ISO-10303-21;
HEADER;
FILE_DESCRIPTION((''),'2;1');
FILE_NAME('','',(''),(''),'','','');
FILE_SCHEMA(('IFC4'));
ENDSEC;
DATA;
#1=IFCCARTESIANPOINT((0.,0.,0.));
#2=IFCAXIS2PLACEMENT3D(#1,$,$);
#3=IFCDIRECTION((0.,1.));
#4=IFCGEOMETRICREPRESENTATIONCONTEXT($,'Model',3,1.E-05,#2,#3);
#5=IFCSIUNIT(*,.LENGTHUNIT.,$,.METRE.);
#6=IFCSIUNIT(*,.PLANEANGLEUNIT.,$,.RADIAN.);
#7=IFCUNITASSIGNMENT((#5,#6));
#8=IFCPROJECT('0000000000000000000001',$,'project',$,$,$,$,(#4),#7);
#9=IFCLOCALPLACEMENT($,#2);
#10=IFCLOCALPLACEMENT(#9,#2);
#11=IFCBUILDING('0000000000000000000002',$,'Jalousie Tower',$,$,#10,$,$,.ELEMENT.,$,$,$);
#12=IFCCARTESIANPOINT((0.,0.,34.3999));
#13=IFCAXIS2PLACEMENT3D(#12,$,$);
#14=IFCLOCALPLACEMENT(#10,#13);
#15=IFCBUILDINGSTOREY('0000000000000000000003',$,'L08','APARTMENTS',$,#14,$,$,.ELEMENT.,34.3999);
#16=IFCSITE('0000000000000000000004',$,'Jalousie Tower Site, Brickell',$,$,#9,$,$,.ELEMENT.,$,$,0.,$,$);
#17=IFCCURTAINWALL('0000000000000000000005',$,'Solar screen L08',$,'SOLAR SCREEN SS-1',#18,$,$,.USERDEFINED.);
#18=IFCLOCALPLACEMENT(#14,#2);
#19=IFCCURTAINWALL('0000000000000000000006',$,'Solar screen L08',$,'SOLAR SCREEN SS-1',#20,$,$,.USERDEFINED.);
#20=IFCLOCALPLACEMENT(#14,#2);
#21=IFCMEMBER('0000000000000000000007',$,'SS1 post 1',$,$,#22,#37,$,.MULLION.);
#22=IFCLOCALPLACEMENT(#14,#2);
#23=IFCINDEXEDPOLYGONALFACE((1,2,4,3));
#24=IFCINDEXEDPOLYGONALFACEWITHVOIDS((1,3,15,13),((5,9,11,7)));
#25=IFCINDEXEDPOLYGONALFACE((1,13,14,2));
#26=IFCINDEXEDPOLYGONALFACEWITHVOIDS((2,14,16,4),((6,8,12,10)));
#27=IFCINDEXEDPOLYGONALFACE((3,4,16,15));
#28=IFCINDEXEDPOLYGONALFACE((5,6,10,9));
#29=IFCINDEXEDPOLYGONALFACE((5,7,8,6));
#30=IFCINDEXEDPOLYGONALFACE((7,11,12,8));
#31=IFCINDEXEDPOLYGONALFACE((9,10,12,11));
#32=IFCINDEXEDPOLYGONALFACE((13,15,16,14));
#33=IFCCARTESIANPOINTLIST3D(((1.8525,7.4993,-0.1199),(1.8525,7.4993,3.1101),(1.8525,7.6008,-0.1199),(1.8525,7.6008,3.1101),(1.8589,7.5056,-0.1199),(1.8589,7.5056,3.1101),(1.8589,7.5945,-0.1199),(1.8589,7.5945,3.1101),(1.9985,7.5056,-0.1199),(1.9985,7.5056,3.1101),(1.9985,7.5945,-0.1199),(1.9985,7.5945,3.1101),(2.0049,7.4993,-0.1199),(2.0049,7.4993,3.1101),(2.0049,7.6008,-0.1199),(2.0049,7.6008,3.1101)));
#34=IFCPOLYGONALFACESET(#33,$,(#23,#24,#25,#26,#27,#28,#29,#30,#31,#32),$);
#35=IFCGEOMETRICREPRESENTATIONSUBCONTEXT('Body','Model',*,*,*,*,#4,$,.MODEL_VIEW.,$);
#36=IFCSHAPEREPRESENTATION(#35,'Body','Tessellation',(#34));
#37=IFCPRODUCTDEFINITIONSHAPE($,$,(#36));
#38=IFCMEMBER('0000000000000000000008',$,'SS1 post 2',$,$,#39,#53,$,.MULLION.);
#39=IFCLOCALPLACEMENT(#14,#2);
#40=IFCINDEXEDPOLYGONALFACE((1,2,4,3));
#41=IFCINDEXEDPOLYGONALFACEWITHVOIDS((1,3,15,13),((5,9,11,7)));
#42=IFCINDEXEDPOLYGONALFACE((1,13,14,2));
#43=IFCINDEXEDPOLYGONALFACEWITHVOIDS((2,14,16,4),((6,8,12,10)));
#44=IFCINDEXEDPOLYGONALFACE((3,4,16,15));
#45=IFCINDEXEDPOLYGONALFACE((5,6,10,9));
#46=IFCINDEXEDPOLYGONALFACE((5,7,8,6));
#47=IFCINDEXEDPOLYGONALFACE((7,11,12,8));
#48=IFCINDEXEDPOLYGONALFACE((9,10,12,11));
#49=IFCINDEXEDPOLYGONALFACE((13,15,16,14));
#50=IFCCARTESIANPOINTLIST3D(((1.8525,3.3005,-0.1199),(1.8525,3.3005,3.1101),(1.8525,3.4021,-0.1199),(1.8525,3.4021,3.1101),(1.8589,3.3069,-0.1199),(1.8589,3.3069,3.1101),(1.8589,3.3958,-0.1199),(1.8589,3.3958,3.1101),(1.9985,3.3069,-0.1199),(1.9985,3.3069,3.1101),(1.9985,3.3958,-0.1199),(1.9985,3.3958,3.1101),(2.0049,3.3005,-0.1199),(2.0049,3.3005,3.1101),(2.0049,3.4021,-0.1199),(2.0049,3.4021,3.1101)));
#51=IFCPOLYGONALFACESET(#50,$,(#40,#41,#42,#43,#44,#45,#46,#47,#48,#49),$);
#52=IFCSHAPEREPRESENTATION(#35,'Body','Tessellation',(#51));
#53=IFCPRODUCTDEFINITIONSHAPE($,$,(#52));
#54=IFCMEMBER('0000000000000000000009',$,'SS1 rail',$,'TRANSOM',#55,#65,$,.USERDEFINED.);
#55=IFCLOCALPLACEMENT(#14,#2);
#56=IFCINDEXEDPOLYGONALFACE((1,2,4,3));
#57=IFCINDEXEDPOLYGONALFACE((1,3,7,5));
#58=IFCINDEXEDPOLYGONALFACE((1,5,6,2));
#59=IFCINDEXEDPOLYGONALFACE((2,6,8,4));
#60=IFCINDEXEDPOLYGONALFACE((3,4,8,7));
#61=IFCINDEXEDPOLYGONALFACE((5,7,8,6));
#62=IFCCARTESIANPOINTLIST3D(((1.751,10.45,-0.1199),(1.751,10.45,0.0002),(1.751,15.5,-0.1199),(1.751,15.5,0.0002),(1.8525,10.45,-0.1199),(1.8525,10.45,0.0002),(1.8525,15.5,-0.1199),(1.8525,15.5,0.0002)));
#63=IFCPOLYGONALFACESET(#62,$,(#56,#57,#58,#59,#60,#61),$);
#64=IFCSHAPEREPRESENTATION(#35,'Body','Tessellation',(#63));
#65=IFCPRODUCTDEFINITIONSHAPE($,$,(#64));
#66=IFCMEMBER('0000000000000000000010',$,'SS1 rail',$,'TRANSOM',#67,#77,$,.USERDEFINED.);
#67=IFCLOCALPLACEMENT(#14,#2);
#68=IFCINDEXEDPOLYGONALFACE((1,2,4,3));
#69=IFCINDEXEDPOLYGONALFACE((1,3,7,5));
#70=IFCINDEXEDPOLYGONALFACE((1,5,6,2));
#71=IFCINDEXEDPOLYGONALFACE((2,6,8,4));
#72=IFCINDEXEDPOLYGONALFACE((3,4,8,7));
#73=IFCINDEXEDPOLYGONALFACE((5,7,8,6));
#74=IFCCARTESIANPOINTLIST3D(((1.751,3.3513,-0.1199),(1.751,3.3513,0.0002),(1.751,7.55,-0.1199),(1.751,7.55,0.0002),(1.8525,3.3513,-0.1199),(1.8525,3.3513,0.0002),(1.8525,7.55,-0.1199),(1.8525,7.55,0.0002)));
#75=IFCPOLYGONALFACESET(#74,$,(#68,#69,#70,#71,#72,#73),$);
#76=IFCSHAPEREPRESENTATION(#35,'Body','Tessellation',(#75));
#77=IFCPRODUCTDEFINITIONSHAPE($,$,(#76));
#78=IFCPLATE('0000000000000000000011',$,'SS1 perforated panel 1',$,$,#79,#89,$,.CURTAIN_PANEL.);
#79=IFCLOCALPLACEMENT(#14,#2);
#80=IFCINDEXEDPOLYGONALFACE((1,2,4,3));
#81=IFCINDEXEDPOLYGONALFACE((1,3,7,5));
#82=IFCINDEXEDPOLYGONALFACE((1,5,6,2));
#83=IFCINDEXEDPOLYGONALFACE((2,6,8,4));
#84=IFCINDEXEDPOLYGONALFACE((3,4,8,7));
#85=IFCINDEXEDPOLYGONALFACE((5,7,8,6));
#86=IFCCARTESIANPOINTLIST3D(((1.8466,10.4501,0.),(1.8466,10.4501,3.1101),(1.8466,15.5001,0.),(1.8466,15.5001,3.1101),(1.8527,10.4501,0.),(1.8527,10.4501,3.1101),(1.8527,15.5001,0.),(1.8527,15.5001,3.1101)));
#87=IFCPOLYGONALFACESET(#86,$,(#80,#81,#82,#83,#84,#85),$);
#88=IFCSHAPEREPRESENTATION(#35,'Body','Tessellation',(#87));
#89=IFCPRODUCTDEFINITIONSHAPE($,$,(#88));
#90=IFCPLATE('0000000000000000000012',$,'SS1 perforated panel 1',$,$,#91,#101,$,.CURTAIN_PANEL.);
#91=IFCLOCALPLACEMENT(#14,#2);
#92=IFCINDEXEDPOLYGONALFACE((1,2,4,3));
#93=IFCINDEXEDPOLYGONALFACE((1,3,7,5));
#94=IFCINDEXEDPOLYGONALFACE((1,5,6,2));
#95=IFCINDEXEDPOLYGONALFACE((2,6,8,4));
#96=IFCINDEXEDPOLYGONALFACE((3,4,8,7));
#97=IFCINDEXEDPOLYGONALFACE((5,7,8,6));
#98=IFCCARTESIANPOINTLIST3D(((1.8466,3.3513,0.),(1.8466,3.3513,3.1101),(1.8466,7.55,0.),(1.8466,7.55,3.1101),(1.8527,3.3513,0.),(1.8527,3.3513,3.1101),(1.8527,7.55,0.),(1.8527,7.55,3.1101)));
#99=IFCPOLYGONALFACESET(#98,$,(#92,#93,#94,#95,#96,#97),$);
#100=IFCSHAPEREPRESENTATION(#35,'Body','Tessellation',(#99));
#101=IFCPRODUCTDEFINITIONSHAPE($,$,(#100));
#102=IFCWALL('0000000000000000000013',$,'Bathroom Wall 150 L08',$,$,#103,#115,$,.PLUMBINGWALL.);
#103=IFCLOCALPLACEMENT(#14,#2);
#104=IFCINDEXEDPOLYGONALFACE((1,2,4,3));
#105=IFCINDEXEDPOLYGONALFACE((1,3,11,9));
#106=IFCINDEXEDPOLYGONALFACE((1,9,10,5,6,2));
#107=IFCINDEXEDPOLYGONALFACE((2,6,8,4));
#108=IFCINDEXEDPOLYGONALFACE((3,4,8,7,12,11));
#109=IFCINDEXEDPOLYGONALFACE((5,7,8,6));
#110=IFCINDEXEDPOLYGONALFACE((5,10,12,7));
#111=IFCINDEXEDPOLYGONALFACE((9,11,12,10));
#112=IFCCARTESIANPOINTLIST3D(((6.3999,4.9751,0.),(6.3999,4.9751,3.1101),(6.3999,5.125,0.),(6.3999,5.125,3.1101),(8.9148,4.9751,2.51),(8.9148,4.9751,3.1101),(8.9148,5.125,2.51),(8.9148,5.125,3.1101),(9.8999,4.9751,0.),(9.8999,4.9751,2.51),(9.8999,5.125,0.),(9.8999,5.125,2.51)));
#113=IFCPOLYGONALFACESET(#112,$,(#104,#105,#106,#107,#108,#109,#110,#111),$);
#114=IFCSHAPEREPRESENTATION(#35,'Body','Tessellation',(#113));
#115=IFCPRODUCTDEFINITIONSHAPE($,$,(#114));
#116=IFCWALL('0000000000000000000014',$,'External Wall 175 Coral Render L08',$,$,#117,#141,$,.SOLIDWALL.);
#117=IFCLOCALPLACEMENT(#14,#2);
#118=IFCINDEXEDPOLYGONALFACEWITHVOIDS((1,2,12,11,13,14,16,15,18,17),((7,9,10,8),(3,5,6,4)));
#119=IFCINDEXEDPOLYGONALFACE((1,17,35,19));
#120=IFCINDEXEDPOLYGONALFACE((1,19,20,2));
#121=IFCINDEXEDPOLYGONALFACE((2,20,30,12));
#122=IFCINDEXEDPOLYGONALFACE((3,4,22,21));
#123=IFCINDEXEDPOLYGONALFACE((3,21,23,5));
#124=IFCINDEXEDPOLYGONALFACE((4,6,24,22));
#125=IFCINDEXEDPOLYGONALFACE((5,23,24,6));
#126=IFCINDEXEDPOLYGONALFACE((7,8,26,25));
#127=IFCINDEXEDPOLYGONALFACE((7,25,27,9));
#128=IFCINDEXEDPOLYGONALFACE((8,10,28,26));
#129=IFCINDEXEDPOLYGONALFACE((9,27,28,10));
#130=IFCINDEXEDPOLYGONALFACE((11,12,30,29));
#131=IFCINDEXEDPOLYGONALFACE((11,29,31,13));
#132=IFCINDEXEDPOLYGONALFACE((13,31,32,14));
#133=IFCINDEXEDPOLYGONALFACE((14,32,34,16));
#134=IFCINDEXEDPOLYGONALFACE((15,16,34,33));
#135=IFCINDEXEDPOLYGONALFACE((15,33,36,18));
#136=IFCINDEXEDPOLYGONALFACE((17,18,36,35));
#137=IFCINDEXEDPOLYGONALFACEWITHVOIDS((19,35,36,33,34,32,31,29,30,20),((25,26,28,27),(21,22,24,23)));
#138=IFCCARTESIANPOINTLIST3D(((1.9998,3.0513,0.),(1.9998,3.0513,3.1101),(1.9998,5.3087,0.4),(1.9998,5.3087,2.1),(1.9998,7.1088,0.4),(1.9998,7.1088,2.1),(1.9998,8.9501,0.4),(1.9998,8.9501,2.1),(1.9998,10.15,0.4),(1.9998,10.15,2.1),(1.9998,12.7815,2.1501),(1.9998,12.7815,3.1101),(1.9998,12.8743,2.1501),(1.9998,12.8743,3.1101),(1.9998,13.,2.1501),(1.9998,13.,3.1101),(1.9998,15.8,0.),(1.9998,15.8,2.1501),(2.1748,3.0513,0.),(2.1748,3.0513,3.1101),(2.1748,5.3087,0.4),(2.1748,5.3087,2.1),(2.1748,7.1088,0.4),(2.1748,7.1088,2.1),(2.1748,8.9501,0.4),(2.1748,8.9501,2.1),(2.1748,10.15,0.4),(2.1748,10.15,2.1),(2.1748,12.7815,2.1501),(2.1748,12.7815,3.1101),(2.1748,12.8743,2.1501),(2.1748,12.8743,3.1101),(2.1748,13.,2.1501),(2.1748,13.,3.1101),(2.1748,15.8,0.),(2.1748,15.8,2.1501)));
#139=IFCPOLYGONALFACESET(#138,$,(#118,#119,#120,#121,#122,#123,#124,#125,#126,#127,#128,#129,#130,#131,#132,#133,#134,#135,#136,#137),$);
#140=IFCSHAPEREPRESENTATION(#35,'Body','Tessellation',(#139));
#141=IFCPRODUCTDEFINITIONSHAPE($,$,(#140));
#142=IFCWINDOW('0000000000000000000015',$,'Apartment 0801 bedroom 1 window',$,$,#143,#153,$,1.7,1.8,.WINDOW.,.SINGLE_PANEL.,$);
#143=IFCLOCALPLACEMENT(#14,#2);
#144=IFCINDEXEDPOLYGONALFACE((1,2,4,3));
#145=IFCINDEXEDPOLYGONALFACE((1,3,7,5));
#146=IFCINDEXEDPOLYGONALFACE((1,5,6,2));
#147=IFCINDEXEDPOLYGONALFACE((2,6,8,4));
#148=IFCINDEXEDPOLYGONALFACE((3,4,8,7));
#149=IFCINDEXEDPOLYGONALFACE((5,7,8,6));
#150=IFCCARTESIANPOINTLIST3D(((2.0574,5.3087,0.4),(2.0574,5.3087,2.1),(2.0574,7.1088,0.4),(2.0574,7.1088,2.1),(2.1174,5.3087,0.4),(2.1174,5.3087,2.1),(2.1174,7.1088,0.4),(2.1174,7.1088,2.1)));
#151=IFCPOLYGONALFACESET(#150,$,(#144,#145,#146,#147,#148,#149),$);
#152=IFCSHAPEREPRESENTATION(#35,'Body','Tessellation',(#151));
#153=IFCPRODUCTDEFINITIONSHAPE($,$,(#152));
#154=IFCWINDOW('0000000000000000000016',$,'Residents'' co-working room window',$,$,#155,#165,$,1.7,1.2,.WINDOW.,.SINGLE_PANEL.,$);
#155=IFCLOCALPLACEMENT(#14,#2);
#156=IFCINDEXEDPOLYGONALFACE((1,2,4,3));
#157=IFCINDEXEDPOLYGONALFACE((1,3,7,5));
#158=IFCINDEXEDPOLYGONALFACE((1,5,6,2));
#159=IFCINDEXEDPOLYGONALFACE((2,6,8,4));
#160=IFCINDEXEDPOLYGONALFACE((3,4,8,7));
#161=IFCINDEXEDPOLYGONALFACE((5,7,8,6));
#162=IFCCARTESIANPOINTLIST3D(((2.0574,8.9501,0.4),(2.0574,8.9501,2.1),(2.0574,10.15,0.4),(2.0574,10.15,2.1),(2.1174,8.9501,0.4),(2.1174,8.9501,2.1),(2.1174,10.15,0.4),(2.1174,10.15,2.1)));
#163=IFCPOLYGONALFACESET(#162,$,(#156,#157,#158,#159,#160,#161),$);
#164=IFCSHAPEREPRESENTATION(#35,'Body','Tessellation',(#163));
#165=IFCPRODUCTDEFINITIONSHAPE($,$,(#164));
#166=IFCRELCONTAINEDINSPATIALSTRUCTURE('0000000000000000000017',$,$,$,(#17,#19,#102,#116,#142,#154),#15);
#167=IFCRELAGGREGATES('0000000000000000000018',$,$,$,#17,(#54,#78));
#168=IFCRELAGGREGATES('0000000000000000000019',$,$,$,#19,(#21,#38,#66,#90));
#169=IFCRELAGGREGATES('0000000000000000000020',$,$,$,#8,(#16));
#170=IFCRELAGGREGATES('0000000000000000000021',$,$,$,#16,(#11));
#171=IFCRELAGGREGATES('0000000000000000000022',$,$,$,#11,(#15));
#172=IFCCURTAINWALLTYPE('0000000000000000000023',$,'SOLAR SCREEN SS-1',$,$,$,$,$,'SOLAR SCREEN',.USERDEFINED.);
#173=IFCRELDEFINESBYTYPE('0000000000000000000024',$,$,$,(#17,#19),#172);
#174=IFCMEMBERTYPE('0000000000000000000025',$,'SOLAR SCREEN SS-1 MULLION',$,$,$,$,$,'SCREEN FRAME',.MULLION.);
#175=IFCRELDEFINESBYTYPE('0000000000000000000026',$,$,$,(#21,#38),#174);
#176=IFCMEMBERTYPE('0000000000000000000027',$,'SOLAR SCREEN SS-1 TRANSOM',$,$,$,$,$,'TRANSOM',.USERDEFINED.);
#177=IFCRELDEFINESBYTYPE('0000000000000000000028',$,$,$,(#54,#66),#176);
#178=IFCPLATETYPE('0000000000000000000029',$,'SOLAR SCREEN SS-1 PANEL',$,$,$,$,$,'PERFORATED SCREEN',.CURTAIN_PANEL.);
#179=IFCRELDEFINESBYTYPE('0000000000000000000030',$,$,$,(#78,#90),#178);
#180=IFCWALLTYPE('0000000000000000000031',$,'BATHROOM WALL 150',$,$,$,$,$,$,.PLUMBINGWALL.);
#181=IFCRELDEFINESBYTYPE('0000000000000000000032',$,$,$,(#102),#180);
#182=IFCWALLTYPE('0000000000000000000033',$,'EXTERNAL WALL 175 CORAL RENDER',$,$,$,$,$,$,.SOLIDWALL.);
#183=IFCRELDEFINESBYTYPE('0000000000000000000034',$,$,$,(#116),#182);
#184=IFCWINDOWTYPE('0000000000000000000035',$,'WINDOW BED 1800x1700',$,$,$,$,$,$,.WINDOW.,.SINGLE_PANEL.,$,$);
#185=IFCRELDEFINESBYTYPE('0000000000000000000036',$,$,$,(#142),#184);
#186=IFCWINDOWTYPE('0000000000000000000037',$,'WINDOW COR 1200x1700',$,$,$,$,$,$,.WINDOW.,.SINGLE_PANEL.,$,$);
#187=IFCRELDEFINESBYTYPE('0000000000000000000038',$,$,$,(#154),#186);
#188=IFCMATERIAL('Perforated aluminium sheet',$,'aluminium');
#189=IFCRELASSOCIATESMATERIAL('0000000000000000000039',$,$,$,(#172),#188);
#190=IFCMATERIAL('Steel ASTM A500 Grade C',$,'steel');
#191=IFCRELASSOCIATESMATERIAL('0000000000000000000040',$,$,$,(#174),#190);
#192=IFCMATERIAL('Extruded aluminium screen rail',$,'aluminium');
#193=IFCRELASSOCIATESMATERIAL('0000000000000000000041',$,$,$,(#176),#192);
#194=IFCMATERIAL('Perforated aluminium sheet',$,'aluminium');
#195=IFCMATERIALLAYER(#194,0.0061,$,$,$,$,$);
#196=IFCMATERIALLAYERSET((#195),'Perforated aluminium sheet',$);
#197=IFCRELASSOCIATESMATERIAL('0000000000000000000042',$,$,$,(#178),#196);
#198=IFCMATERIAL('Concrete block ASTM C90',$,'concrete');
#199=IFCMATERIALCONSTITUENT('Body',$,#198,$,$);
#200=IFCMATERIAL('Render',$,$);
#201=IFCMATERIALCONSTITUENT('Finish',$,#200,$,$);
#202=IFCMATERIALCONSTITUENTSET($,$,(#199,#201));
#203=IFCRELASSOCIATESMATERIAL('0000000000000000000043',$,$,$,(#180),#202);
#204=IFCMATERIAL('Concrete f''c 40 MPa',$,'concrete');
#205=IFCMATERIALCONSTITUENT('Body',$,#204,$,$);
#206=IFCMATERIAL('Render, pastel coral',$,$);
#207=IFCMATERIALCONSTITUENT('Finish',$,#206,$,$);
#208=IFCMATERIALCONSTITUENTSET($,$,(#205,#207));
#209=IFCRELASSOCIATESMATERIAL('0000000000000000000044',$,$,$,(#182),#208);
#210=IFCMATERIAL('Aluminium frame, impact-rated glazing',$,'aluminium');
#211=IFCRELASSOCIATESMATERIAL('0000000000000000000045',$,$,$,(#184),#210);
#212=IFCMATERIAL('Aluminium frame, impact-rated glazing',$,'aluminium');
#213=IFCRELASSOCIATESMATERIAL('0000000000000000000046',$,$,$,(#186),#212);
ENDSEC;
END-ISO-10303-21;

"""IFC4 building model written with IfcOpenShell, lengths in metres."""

from ifc_helpers import new_model, si_unit, direction, frame, frame_2d, origin, origin_2d, place, context, subcontext, project, spatial, polyline, rectangle, hollow_rectangle, outline, extrude, material, layer, layer_set, constituent, constituent_set, material_profile, profile_set, type_object, element, fill, aggregate, save


model = new_model("IFC4")

# Units and contexts
model_context = context("Model", 3, precision=1e-05, world=origin(), true_north=direction((0.0, 1.0)))
body_context = subcontext(model_context, "Body", "Model", "MODEL_VIEW")
ifc_project = project(units=[si_unit("LENGTHUNIT", "METRE"), si_unit("PLANEANGLEUNIT", "RADIAN")], contexts=[model_context])

# Site, building, storey
site_placement = place(None, origin())
site = spatial("IfcSite", under=ifc_project, at=site_placement, Name="Jalousie Tower Site, Brickell", CompositionType="ELEMENT", RefElevation=0.0)
building_placement = place(site_placement, origin())
building = spatial("IfcBuilding", under=site, at=building_placement, Name="Jalousie Tower", CompositionType="ELEMENT")
storey_placement = place(building_placement, frame((0.0, 0.0, 34.3999)))
storey = spatial("IfcBuildingStorey", under=building, at=storey_placement, Name="L08", Description="APARTMENTS", CompositionType="ELEMENT", Elevation=34.3999)

# Curtain walls, members
ifc_material_1 = material(Name="Perforated aluminium sheet", Category="aluminium")
curtain_wall_type_1 = type_object("IfcCurtainWallType", Name="SOLAR SCREEN SS-1", ElementType="SOLAR SCREEN", PredefinedType="USERDEFINED", material=ifc_material_1)
curtain_wall_1_placement = place(storey_placement, origin())
curtain_wall_1 = element("IfcCurtainWall", 1, at=curtain_wall_1_placement, inside=storey, type_object=curtain_wall_type_1, Name="Solar screen L08", ObjectType="SOLAR SCREEN SS-1", PredefinedType="USERDEFINED")
ifc_material_2 = material(Name="Steel ASTM A500 Grade C", Category="steel")
ifc_material_profile_1 = material_profile(ifc_material_2, hollow_rectangle(XDim=0.1016, YDim=0.1523, WallThickness=0.0063, at=origin_2d()), Name="HSS6X4X1/4")
ifc_profile_set_1 = profile_set([ifc_material_profile_1], Name="Steel ASTM A500 Grade C")
member_type_1 = type_object("IfcMemberType", Name="SOLAR SCREEN SS-1 MULLION", ElementType="SCREEN FRAME", PredefinedType="MULLION", material=ifc_profile_set_1)
curtain_wall_2_placement = place(storey_placement, origin())
curtain_wall_2 = element("IfcCurtainWall", 2, at=curtain_wall_2_placement, inside=storey, type_object=curtain_wall_type_1, Name="Solar screen L08", ObjectType="SOLAR SCREEN SS-1", PredefinedType="USERDEFINED")
member_1_placement = place(storey_placement, frame((1.9287, 7.55, -0.1199), z_axis=(0.0, 0.0, 1.0), x_axis=(0.0, -1.0, 0.0)))
member_1 = element("IfcMember", 3, at=member_1_placement, type_object=member_type_1, Name="SS1 post 1", PredefinedType="MULLION", context=body_context, shape_type="SweptSolid", body=[
    extrude(hollow_rectangle(XDim=0.1016, YDim=0.1523, WallThickness=0.0063, at=origin_2d()), origin(), (0.0, 0.0, 1.0), 3.23),
])
member_2_placement = place(storey_placement, frame((1.9287, 3.3513, -0.1199), z_axis=(0.0, 0.0, 1.0), x_axis=(0.0, -1.0, 0.0)))
member_2 = element("IfcMember", 4, at=member_2_placement, type_object=member_type_1, Name="SS1 post 2", PredefinedType="MULLION", context=body_context, shape_type="SweptSolid", body=[
    extrude(hollow_rectangle(XDim=0.1016, YDim=0.1523, WallThickness=0.0063, at=origin_2d()), origin(), (0.0, 0.0, 1.0), 3.23),
])

# Members
ifc_material_3 = material(Name="Extruded aluminium screen rail", Category="aluminium")
ifc_material_profile_2 = material_profile(ifc_material_3, rectangle(XDim=0.1016, YDim=0.1201, at=origin_2d()), Name="RAIL 102x120")
ifc_profile_set_2 = profile_set([ifc_material_profile_2], Name="Extruded aluminium screen rail")
member_type_2 = type_object("IfcMemberType", Name="SOLAR SCREEN SS-1 TRANSOM", ElementType="TRANSOM", PredefinedType="USERDEFINED", material=ifc_profile_set_2)
member_3_placement = place(storey_placement, frame((1.8018, 15.5, -0.0598), z_axis=(0.0, -1.0, 0.0), x_axis=(1.0, 0.0, 0.0)))
member_3 = element("IfcMember", 5, at=member_3_placement, type_object=member_type_2, Name="SS1 rail", ObjectType="TRANSOM", PredefinedType="USERDEFINED", context=body_context, shape_type="SweptSolid", body=[
    extrude(rectangle(XDim=0.1016, YDim=0.1201, at=origin_2d()), origin(), (0.0, 0.0, 1.0), 5.05),
])
member_4_placement = place(storey_placement, frame((1.8018, 7.55, -0.0598), z_axis=(0.0, -1.0, 0.0), x_axis=(1.0, 0.0, 0.0)))
member_4 = element("IfcMember", 6, at=member_4_placement, type_object=member_type_2, Name="SS1 rail", ObjectType="TRANSOM", PredefinedType="USERDEFINED", context=body_context, shape_type="SweptSolid", body=[
    extrude(rectangle(XDim=0.1016, YDim=0.1201, at=origin_2d()), origin(), (0.0, 0.0, 1.0), 4.1987),
])

# Plates
ifc_material_4 = material(Name="Perforated aluminium sheet", Category="aluminium")
ifc_layer_1 = layer(ifc_material_4, 0.0061)
ifc_layer_set_1 = layer_set([ifc_layer_1], Name="Perforated aluminium sheet")
plate_type = type_object("IfcPlateType", Name="SOLAR SCREEN SS-1 PANEL", ElementType="PERFORATED SCREEN", PredefinedType="CURTAIN_PANEL", material=ifc_layer_set_1)
plate_1_placement = place(storey_placement, frame((1.8496, 12.9751, 0.0), z_axis=(0.0, 0.0, 1.0), x_axis=(0.0, -1.0, 0.0)))
plate_1 = element("IfcPlate", 7, at=plate_1_placement, type_object=plate_type, Name="SS1 perforated panel 1", PredefinedType="CURTAIN_PANEL", context=body_context, shape_type="SweptSolid", body=[
    extrude(rectangle(XDim=5.05, YDim=0.0061, at=origin_2d()), origin(), (0.0, 0.0, 1.0), 3.1101),
])
aggregate(curtain_wall_1, [member_3, plate_1])
plate_2_placement = place(storey_placement, frame((1.8496, 5.4507, 0.0), z_axis=(0.0, 0.0, 1.0), x_axis=(0.0, -1.0, 0.0)))
plate_2 = element("IfcPlate", 8, at=plate_2_placement, type_object=plate_type, Name="SS1 perforated panel 1", PredefinedType="CURTAIN_PANEL", context=body_context, shape_type="SweptSolid", body=[
    extrude(rectangle(XDim=4.1987, YDim=0.0061, at=origin_2d()), origin(), (0.0, 0.0, 1.0), 3.1101),
])
aggregate(curtain_wall_2, [member_1, member_2, member_4, plate_2])

# Wall
ifc_material_5 = material(Name="Concrete block ASTM C90", Category="concrete")
ifc_constituent_1 = constituent(ifc_material_5, Name="Body")
ifc_material_6 = material(Name="Render")
ifc_constituent_2 = constituent(ifc_material_6, Name="Finish")
ifc_constituent_set_1 = constituent_set(constituents=[ifc_constituent_1, ifc_constituent_2])
wall_type_1 = type_object("IfcWallType", Name="BATHROOM WALL 150", PredefinedType="PLUMBINGWALL", material=ifc_constituent_set_1)
wall_1_placement = place(storey_placement, frame((6.3999, 5.05, 0.0), z_axis=(0.0, 0.0, 1.0), x_axis=(1.0, 0.0, 0.0)))
element("IfcWall", 9, at=wall_1_placement, inside=storey, type_object=wall_type_1, Name="Bathroom Wall 150 L08", PredefinedType="PLUMBINGWALL", context=body_context, shape_type="SweptSolid", body=[
    extrude(outline(polyline([(0.0, 0.0), (3.5, 0.0), (3.5, 3.1101), (3.5, 2.51), (2.5149, 2.51), (2.5149, 3.1101), (0.0, 3.1101), (0.0, 0.0)])), frame((0.0, 0.075, 0.0), z_axis=(0.0, -1.0, 0.0), x_axis=(1.0, 0.0, 0.0)), (0.0, 0.0, 1.0), 0.1499),
])

# Wall, openings, windows
ifc_material_7 = material(Name="Concrete f'c 40 MPa", Category="concrete")
ifc_constituent_3 = constituent(ifc_material_7, Name="Body")
ifc_material_8 = material(Name="Render, pastel coral")
ifc_constituent_4 = constituent(ifc_material_8, Name="Finish")
ifc_constituent_set_2 = constituent_set(constituents=[ifc_constituent_3, ifc_constituent_4])
wall_type_2 = type_object("IfcWallType", Name="EXTERNAL WALL 175 CORAL RENDER", PredefinedType="SOLIDWALL", material=ifc_constituent_set_2)
wall_2_placement = place(storey_placement, frame((2.0874, 15.8, 0.0), z_axis=(0.0, 0.0, 1.0), x_axis=(0.0, -1.0, 0.0)))
wall_2 = element("IfcWall", 10, at=wall_2_placement, inside=storey, type_object=wall_type_2, Name="External Wall 175 Coral Render L08", PredefinedType="SOLIDWALL", context=body_context, shape_type="SweptSolid", body=[
    extrude(outline(polyline([(0.0, 0.0), (12.7488, 0.0), (12.7488, 3.1101), (3.0186, 3.1101), (3.0186, 2.1501), (2.9258, 2.1501), (2.9258, 3.1101), (2.8, 3.1101), (2.8, 2.1501), (0.0, 2.1501), (0.0, 0.0)])), frame((0.0, 0.0874, 0.0), z_axis=(0.0, -1.0, 0.0), x_axis=(1.0, 0.0, 0.0)), (0.0, 0.0, 1.0), 0.175),
])
opening_1_placement = place(wall_2_placement, frame((5.6499, 0.0, 0.3999)))
opening_1 = element("IfcOpeningElement", 11, at=opening_1_placement, cuts=wall_2, PredefinedType="OPENING", context=body_context, shape_type="SweptSolid", body=[
    extrude(rectangle(XDim=1.2, YDim=1.7, at=frame_2d((0.6001, 0.8501))), frame((0.0, 0.0974, 0.0), z_axis=(0.0, -1.0, 0.0), x_axis=(1.0, 0.0, 0.0)), (0.0, 0.0, 1.0), 0.1951),
])
opening_2_placement = place(wall_2_placement, frame((8.6914, 0.0, 0.3999)))
opening_2 = element("IfcOpeningElement", 12, at=opening_2_placement, cuts=wall_2, PredefinedType="OPENING", context=body_context, shape_type="SweptSolid", body=[
    extrude(rectangle(XDim=1.8, YDim=1.7, at=frame_2d((0.8999, 0.8501))), frame((0.0, 0.0974, 0.0), z_axis=(0.0, -1.0, 0.0), x_axis=(1.0, 0.0, 0.0)), (0.0, 0.0, 1.0), 0.1951),
])
ifc_material_9 = material(Name="Aluminium frame, impact-rated glazing", Category="aluminium")
window_type_1 = type_object("IfcWindowType", Name="WINDOW BED 1800x1700", PartitioningType="SINGLE_PANEL", PredefinedType="WINDOW", material=ifc_material_9)
window_1_placement = place(opening_2_placement, origin())
window_1 = element("IfcWindow", 13, at=window_1_placement, inside=storey, type_object=window_type_1, Name="Apartment 0801 bedroom 1 window", OverallHeight=1.7, OverallWidth=1.8, PartitioningType="SINGLE_PANEL", PredefinedType="WINDOW", context=body_context, shape_type="SweptSolid", body=[
    extrude(rectangle(XDim=1.8, YDim=1.7, at=frame_2d((0.8999, 0.8501))), frame((0.0, 0.03, 0.0), z_axis=(0.0, -1.0, 0.0), x_axis=(1.0, 0.0, 0.0)), (0.0, 0.0, 1.0), 0.0601),
])
fill(opening_2, window_1)
ifc_material_10 = material(Name="Aluminium frame, impact-rated glazing", Category="aluminium")
window_type_2 = type_object("IfcWindowType", Name="WINDOW COR 1200x1700", PartitioningType="SINGLE_PANEL", PredefinedType="WINDOW", material=ifc_material_10)
window_2_placement = place(opening_1_placement, origin())
window_2 = element("IfcWindow", 14, at=window_2_placement, inside=storey, type_object=window_type_2, Name="Residents' co-working room window", OverallHeight=1.7, OverallWidth=1.2, PartitioningType="SINGLE_PANEL", PredefinedType="WINDOW", context=body_context, shape_type="SweptSolid", body=[
    extrude(rectangle(XDim=1.2, YDim=1.7, at=frame_2d((0.6001, 0.8501))), frame((0.0, 0.03, 0.0), z_axis=(0.0, -1.0, 0.0), x_axis=(1.0, 0.0, 0.0)), (0.0, 0.0, 1.0), 0.0601),
])
fill(opening_1, window_2)

save(model, "model.ifc")
